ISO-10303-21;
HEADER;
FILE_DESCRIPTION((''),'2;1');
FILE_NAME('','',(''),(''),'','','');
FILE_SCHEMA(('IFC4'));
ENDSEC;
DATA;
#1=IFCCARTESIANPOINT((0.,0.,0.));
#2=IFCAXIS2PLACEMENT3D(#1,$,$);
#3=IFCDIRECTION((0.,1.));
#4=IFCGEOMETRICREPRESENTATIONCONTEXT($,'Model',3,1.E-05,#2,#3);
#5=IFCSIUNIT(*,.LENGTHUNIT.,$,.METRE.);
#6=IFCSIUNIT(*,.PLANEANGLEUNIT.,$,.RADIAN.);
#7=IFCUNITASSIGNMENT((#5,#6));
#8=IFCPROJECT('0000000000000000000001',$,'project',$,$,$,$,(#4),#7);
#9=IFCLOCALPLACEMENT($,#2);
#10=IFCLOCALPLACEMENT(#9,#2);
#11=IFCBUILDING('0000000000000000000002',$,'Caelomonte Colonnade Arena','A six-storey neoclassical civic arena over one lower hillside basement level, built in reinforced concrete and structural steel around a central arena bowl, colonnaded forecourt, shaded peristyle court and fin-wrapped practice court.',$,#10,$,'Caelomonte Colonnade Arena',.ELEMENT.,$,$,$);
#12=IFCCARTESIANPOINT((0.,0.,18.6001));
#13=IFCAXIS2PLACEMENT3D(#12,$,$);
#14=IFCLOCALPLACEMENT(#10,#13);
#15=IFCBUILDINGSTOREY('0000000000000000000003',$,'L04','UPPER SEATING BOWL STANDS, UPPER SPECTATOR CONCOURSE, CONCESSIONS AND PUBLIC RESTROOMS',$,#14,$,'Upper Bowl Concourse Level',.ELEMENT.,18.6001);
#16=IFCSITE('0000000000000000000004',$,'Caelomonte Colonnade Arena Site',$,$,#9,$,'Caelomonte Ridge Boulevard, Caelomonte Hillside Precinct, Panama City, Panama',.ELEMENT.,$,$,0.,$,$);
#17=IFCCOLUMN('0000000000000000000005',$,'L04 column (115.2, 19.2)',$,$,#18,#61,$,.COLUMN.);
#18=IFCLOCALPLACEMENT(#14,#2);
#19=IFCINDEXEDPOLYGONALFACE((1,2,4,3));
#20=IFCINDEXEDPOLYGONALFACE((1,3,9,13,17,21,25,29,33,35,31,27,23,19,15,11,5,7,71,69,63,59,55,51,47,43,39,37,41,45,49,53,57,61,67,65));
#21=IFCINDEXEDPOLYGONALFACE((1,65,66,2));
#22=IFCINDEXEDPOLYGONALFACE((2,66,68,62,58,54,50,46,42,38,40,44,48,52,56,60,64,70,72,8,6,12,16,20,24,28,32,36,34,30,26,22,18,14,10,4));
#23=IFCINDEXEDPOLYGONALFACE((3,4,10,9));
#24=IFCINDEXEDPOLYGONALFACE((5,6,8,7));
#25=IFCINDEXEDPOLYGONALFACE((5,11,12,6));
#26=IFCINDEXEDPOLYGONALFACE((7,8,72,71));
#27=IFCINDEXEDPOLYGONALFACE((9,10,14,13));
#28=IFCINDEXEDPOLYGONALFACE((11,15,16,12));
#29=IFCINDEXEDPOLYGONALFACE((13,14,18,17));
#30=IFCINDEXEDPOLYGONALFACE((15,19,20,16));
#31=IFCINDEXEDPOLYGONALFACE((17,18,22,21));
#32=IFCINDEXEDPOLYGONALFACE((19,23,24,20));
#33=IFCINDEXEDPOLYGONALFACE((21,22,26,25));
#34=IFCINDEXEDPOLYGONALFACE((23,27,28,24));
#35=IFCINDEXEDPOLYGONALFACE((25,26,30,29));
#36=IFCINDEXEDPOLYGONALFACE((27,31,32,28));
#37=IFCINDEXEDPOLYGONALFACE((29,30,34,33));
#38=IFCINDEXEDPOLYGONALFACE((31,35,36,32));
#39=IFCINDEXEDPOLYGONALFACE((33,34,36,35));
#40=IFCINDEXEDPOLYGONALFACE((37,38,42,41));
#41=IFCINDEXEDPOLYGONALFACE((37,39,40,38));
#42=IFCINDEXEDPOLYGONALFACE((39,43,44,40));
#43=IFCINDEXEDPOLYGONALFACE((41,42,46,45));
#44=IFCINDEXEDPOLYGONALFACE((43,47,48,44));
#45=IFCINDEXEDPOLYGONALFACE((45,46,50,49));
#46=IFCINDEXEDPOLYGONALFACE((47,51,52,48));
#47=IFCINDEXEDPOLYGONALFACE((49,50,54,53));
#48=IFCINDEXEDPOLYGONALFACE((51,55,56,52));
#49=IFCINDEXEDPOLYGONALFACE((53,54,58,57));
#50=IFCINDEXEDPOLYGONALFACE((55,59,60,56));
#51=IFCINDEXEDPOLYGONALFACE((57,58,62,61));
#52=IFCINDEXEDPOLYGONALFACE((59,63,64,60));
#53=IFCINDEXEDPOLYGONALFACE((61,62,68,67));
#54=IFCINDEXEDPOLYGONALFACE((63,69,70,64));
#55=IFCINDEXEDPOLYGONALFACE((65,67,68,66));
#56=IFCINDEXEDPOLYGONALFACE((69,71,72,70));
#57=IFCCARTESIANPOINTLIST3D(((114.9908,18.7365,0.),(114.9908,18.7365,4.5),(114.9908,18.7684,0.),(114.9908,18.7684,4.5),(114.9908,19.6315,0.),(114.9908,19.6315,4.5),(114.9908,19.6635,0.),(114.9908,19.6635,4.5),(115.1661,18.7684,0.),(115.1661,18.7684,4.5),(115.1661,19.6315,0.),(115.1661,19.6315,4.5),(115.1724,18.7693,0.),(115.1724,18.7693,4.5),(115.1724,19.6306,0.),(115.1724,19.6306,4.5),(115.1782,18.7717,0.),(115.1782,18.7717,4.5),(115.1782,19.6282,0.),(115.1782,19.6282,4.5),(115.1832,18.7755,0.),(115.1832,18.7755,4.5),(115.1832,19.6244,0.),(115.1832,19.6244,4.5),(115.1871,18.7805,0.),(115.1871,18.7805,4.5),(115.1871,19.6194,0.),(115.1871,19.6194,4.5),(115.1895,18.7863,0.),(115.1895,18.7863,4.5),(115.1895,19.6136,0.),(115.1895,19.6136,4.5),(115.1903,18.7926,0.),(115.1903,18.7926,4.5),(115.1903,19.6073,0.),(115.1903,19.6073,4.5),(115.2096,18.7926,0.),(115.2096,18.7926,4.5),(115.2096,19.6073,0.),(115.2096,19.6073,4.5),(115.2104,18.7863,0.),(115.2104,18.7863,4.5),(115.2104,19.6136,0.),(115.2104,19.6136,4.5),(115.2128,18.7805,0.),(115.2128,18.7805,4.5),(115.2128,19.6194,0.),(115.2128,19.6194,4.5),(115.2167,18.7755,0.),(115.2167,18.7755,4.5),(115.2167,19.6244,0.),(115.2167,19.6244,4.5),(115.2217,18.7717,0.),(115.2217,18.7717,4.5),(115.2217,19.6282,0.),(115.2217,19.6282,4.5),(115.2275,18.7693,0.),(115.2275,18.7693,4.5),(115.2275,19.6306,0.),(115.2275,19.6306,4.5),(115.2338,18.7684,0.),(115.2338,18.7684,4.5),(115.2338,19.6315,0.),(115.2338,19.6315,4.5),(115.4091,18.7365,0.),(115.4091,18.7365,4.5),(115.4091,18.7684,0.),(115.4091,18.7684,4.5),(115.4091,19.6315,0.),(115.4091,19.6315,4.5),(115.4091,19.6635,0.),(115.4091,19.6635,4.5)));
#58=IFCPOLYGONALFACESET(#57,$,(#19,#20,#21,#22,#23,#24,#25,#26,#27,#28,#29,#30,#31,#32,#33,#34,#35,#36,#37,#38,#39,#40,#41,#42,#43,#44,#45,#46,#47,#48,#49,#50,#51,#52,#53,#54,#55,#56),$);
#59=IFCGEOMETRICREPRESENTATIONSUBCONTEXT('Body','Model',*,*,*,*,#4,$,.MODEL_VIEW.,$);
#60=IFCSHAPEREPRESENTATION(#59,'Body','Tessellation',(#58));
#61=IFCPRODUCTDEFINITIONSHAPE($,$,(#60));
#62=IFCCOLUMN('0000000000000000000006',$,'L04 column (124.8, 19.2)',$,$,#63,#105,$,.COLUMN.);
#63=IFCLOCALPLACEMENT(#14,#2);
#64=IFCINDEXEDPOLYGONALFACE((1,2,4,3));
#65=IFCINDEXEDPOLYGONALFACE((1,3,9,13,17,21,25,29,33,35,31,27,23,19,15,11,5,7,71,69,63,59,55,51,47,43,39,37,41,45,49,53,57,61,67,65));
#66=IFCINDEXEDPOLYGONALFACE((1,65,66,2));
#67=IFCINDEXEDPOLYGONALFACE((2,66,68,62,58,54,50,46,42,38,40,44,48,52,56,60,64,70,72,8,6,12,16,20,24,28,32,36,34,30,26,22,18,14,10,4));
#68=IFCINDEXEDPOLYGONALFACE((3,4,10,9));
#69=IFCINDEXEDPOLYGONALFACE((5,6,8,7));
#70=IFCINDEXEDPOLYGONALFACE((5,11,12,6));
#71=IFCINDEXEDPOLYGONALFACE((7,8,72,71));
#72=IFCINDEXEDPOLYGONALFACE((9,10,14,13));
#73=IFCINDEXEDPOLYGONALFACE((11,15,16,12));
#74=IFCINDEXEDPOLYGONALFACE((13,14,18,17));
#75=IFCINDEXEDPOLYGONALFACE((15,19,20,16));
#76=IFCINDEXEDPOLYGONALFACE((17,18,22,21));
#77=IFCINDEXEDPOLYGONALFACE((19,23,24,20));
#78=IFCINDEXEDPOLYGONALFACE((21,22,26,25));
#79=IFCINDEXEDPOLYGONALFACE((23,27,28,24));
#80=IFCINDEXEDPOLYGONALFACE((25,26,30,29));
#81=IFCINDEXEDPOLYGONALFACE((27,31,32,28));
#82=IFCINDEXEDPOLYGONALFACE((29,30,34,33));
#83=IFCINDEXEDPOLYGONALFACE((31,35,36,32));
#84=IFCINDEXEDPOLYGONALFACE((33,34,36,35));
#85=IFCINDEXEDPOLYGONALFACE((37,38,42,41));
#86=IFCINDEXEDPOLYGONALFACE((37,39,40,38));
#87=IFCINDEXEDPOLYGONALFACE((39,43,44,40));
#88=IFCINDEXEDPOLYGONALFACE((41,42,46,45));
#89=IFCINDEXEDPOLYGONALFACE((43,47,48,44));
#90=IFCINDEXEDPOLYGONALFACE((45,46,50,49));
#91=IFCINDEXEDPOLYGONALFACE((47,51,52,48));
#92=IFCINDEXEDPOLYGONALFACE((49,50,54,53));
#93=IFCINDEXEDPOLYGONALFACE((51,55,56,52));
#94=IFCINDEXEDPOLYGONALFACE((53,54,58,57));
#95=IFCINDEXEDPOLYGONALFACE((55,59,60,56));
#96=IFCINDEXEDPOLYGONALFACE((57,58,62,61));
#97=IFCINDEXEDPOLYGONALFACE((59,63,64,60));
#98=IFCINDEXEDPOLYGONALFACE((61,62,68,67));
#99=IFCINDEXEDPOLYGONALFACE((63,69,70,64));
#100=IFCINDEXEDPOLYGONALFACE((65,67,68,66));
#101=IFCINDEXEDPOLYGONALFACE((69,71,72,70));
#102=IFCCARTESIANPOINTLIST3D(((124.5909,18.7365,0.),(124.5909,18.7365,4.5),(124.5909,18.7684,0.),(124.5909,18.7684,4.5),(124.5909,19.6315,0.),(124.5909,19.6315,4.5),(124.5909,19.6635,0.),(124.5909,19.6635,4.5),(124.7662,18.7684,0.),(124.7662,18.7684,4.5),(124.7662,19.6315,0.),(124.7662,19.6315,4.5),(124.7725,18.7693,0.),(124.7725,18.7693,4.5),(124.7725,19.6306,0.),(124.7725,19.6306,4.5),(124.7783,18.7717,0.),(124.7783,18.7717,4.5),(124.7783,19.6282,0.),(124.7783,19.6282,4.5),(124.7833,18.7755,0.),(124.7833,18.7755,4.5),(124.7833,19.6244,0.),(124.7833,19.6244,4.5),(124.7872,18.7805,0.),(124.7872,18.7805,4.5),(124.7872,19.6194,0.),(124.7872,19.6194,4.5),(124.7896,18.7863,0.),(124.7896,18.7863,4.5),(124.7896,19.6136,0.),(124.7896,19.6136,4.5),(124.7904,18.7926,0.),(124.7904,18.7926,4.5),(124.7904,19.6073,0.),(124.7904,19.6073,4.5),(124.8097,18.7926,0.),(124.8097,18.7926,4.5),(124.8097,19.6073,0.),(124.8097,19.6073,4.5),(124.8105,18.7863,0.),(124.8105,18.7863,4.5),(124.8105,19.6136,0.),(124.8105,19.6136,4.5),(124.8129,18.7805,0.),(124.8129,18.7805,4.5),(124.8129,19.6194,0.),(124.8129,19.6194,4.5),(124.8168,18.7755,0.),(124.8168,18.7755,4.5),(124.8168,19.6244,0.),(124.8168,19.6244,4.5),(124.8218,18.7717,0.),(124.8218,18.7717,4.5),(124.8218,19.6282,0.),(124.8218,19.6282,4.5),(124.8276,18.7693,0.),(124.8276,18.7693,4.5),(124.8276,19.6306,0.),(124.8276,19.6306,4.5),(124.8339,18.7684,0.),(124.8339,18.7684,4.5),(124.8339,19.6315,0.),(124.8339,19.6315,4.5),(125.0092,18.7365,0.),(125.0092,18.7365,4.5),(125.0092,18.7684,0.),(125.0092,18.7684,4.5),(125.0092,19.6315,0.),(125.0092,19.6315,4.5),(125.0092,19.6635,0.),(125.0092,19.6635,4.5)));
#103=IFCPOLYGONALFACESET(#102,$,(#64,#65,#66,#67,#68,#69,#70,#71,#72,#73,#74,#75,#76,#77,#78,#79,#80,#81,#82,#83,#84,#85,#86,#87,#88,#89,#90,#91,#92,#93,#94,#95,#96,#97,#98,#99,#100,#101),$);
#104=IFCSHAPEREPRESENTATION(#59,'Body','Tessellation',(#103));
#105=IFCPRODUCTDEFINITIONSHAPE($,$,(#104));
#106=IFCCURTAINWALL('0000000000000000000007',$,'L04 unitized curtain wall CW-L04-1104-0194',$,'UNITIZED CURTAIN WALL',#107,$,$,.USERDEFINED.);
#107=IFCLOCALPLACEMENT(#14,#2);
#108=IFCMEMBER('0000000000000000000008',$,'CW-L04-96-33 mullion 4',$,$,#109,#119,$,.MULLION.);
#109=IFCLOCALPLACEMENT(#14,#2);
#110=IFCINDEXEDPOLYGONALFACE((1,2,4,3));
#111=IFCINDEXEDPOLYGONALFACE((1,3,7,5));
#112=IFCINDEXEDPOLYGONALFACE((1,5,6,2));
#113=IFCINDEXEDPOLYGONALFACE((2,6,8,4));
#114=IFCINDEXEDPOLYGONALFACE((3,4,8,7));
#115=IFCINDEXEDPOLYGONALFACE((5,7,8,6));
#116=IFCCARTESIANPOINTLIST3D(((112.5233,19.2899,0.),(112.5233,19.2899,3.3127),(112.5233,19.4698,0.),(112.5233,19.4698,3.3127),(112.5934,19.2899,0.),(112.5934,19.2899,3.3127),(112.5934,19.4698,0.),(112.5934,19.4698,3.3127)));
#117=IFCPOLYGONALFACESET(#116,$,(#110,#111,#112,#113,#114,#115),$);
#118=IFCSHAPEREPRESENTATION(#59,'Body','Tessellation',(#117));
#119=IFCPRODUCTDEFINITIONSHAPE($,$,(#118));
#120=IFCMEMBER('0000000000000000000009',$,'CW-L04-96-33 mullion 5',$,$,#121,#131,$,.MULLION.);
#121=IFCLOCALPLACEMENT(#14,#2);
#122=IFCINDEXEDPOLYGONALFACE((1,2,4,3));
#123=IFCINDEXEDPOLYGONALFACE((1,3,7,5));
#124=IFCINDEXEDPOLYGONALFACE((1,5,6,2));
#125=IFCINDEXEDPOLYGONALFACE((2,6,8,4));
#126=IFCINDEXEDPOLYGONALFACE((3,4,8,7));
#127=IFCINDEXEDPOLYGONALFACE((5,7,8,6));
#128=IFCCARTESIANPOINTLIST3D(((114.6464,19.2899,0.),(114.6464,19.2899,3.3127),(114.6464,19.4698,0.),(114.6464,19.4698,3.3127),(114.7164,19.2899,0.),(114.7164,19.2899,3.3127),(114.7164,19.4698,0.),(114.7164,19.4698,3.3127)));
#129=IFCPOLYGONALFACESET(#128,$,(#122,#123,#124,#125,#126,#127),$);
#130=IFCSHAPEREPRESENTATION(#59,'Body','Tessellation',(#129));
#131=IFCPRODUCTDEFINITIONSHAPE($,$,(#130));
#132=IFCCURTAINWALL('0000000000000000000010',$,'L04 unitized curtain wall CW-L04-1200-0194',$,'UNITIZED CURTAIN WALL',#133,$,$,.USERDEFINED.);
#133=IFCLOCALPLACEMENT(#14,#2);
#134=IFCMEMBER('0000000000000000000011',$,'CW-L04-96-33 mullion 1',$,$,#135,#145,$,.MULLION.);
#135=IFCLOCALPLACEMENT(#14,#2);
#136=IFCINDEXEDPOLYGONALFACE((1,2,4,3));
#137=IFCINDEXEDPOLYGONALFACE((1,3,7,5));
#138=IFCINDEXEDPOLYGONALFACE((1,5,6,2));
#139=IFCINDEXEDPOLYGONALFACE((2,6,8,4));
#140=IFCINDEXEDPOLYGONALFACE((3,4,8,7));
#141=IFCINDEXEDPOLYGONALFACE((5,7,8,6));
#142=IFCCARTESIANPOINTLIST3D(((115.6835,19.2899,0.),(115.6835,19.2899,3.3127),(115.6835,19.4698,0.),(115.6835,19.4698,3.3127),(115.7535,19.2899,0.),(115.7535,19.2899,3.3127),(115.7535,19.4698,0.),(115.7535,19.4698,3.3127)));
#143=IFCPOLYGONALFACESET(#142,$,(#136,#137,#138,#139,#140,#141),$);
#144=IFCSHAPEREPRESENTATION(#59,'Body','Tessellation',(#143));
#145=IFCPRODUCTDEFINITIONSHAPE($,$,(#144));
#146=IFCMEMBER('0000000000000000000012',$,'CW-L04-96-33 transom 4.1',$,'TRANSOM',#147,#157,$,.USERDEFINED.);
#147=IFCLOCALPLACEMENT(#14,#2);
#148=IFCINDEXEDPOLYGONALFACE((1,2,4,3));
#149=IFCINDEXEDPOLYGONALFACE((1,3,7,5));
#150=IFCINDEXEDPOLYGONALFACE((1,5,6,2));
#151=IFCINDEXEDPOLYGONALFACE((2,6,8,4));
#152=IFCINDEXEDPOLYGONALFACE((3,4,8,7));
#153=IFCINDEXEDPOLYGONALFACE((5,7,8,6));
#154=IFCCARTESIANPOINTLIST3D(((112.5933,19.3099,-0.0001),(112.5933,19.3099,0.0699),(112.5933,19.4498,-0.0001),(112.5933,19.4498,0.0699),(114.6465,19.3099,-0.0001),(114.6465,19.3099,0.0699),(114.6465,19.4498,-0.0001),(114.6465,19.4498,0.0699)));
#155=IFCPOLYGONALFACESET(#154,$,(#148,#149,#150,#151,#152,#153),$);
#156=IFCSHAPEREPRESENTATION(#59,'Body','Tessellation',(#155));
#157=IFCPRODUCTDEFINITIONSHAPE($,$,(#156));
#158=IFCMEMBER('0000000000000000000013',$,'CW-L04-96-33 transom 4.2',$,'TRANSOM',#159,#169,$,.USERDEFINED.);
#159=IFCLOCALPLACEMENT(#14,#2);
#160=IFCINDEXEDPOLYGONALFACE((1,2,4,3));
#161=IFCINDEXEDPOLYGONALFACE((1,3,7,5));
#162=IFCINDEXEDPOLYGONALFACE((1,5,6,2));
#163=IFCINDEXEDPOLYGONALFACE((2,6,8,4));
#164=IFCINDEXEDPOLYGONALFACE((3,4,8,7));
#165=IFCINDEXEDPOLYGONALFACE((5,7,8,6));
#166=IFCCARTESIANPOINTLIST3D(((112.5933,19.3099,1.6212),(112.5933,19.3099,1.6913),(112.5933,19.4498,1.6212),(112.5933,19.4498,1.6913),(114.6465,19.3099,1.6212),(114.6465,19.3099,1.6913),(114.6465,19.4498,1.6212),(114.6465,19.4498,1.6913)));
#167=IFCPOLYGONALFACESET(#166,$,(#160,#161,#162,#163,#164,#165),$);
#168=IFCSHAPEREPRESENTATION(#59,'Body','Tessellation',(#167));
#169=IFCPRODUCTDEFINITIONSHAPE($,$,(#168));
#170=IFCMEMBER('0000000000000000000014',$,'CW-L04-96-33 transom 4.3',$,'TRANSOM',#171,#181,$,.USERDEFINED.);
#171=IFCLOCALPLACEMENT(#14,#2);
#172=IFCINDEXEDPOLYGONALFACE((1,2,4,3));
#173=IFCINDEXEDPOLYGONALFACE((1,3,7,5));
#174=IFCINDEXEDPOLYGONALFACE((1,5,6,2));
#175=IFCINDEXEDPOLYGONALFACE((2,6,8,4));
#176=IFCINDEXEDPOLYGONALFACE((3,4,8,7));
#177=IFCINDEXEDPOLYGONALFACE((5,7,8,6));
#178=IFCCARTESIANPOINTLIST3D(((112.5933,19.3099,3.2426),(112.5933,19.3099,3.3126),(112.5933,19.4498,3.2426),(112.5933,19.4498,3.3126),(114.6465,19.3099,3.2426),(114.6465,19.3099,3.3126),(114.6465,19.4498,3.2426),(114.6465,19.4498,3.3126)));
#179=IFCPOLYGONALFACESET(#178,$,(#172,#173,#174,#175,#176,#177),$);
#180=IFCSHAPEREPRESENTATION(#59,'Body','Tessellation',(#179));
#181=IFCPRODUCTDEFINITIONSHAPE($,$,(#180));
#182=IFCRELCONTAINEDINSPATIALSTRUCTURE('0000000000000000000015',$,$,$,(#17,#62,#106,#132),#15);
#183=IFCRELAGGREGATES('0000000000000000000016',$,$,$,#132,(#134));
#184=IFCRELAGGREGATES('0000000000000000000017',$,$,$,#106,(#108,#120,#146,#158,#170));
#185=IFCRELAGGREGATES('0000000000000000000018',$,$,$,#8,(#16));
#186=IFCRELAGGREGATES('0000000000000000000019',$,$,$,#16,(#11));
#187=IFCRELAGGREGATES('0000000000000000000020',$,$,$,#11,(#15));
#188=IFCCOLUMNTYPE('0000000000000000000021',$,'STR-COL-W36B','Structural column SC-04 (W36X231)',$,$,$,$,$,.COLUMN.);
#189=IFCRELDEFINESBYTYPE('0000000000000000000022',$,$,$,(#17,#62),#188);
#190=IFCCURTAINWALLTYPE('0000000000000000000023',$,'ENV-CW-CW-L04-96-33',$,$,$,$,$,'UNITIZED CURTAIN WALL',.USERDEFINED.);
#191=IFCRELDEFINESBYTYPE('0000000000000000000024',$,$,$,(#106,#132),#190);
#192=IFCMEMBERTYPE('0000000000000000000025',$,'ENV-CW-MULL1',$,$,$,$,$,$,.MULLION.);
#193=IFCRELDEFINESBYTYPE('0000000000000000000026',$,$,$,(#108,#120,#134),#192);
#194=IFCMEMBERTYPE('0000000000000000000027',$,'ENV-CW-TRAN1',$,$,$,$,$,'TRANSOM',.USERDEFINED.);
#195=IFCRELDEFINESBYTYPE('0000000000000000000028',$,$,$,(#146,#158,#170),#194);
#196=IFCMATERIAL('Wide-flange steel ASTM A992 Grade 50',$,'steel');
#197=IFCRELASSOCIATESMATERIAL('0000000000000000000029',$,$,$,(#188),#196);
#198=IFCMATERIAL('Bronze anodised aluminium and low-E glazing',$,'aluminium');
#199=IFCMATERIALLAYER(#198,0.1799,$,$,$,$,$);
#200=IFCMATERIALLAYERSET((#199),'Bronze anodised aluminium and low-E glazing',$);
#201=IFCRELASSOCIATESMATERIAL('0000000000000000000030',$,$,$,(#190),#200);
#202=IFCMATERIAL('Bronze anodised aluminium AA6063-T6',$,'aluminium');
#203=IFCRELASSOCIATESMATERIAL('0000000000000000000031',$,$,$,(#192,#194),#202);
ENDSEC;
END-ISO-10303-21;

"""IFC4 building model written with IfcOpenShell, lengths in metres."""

from ifc_helpers import new_model, si_unit, direction, frame, origin, origin_2d, place, context, subcontext, project, spatial, rectangle, i_section, extrude, material, layer, layer_set, material_profile, profile_set, type_object, element, aggregate, save


model = new_model("IFC4")

# Units and contexts
model_context = context("Model", 3, precision=1e-05, world=origin(), true_north=direction((0.0, 1.0)))
body_context = subcontext(model_context, "Body", "Model", "MODEL_VIEW")
ifc_project = project(units=[si_unit("LENGTHUNIT", "METRE"), si_unit("PLANEANGLEUNIT", "RADIAN")], contexts=[model_context])

# Site, building, storey
site_placement = place(None, origin())
site = spatial("IfcSite", under=ifc_project, at=site_placement, Name="Caelomonte Colonnade Arena Site", LongName="Caelomonte Ridge Boulevard, Caelomonte Hillside Precinct, Panama City, Panama", CompositionType="ELEMENT", RefElevation=0.0)
building_placement = place(site_placement, origin())
building = spatial("IfcBuilding", under=site, at=building_placement, Name="Caelomonte Colonnade Arena", Description="A six-storey neoclassical civic arena over one lower hillside basement level, built in reinforced concrete and structural steel around a central arena bowl, colonnaded forecourt, shaded peristyle court and fin-wrapped practice court.", LongName="Caelomonte Colonnade Arena", CompositionType="ELEMENT")
storey_placement = place(building_placement, frame((0.0, 0.0, 18.6001)))
storey = spatial("IfcBuildingStorey", under=building, at=storey_placement, Name="L04", Description="UPPER SEATING BOWL STANDS, UPPER SPECTATOR CONCOURSE, CONCESSIONS AND PUBLIC RESTROOMS", LongName="Upper Bowl Concourse Level", CompositionType="ELEMENT", Elevation=18.6001)

# Columns
ifc_material_1 = material(Name="Wide-flange steel ASTM A992 Grade 50", Category="steel")
ifc_material_profile_1 = material_profile(ifc_material_1, i_section(OverallWidth=0.4182, OverallDepth=0.927, WebThickness=0.0193, FlangeThickness=0.032, FilletRadius=0.0242, at=origin_2d()), Name="W36X231")
ifc_profile_set_1 = profile_set([ifc_material_profile_1], Name="Wide-flange steel ASTM A992 Grade 50")
column_type = type_object("IfcColumnType", Name="STR-COL-W36B", Description="Structural column SC-04 (W36X231)", PredefinedType="COLUMN", material=ifc_profile_set_1)
for number, where, z_axis, x_axis, name in (
    (1, (115.2, 19.2, 0.0), (0.0, 0.0, 1.0), (1.0, 0.0, 0.0), "L04 column (115.2, 19.2)"),
    (2, (124.8, 19.2, 0.0), (0.0, 0.0, 1.0), (1.0, 0.0, 0.0), "L04 column (124.8, 19.2)"),
):
    element("IfcColumn", number, at=place(storey_placement, frame(where, z_axis=z_axis, x_axis=x_axis)), inside=storey, type_object=column_type, Name=name, PredefinedType="COLUMN", context=body_context, shape_type="SweptSolid", body=[
        extrude(i_section(OverallWidth=0.4182, OverallDepth=0.927, WebThickness=0.0193, FlangeThickness=0.032, FilletRadius=0.0242, at=origin_2d()), origin(), (0.0, 0.0, 1.0), 4.5),
    ])

# Curtain wall, members
ifc_material_2 = material(Name="Bronze anodised aluminium and low-E glazing", Category="aluminium")
ifc_layer_1 = layer(ifc_material_2, 0.1799)
ifc_layer_set_1 = layer_set([ifc_layer_1], Name="Bronze anodised aluminium and low-E glazing")
curtain_wall_type = type_object("IfcCurtainWallType", Name="ENV-CW-CW-L04-96-33", ElementType="UNITIZED CURTAIN WALL", PredefinedType="USERDEFINED", material=ifc_layer_set_1)
curtain_wall_1_placement = place(storey_placement, origin())
curtain_wall_1 = element("IfcCurtainWall", 3, at=curtain_wall_1_placement, inside=storey, type_object=curtain_wall_type, Name="L04 unitized curtain wall CW-L04-1104-0194", ObjectType="UNITIZED CURTAIN WALL", PredefinedType="USERDEFINED")
ifc_material_3 = material(Name="Bronze anodised aluminium AA6063-T6", Category="aluminium")
ifc_material_profile_2 = material_profile(ifc_material_3, rectangle(XDim=0.0701, YDim=0.1799, at=origin_2d()), Name="CWM-70X180")
ifc_profile_set_2 = profile_set([ifc_material_profile_2], Name="Bronze anodised aluminium AA6063-T6")
member_type_1 = type_object("IfcMemberType", Name="ENV-CW-MULL1", PredefinedType="MULLION", material=ifc_profile_set_2)
member_1_placement = place(storey_placement, frame((112.5583, 19.3799, 0.0), z_axis=(0.0, 0.0, 1.0), x_axis=(1.0, 0.0, 0.0)))
member_1 = element("IfcMember", 4, at=member_1_placement, type_object=member_type_1, Name="CW-L04-96-33 mullion 4", PredefinedType="MULLION", context=body_context, shape_type="SweptSolid", body=[
    extrude(rectangle(XDim=0.0701, YDim=0.1799, at=origin_2d()), origin(), (0.0, 0.0, 1.0), 3.3127),
])
member_2_placement = place(storey_placement, frame((114.6814, 19.3799, 0.0), z_axis=(0.0, 0.0, 1.0), x_axis=(1.0, 0.0, 0.0)))
member_2 = element("IfcMember", 5, at=member_2_placement, type_object=member_type_1, Name="CW-L04-96-33 mullion 5", PredefinedType="MULLION", context=body_context, shape_type="SweptSolid", body=[
    extrude(rectangle(XDim=0.0701, YDim=0.1799, at=origin_2d()), origin(), (0.0, 0.0, 1.0), 3.3127),
])

# Curtain wall, member
curtain_wall_2_placement = place(storey_placement, origin())
curtain_wall_2 = element("IfcCurtainWall", 6, at=curtain_wall_2_placement, inside=storey, type_object=curtain_wall_type, Name="L04 unitized curtain wall CW-L04-1200-0194", ObjectType="UNITIZED CURTAIN WALL", PredefinedType="USERDEFINED")
member_3_placement = place(storey_placement, frame((115.7185, 19.3799, 0.0), z_axis=(0.0, 0.0, 1.0), x_axis=(1.0, 0.0, 0.0)))
member_3 = element("IfcMember", 7, at=member_3_placement, type_object=member_type_1, Name="CW-L04-96-33 mullion 1", PredefinedType="MULLION", context=body_context, shape_type="SweptSolid", body=[
    extrude(rectangle(XDim=0.0701, YDim=0.1799, at=origin_2d()), origin(), (0.0, 0.0, 1.0), 3.3127),
])
aggregate(curtain_wall_2, [member_3])

# Members
ifc_material_profile_3 = material_profile(ifc_material_3, rectangle(XDim=0.0701, YDim=0.1399, at=origin_2d()), Name="CWT-70X140")
ifc_profile_set_3 = profile_set([ifc_material_profile_3], Name="Bronze anodised aluminium AA6063-T6")
member_type_2 = type_object("IfcMemberType", Name="ENV-CW-TRAN1", ElementType="TRANSOM", PredefinedType="USERDEFINED", material=ifc_profile_set_3)
member_4_placement = place(storey_placement, frame((112.5933, 19.3799, 0.0349), z_axis=(1.0, 0.0, 0.0), x_axis=(0.0, 0.0, 1.0)))
member_4 = element("IfcMember", 8, at=member_4_placement, type_object=member_type_2, Name="CW-L04-96-33 transom 4.1", ObjectType="TRANSOM", PredefinedType="USERDEFINED", context=body_context, shape_type="SweptSolid", body=[
    extrude(rectangle(XDim=0.0701, YDim=0.1399, at=origin_2d()), origin(), (0.0, 0.0, 1.0), 2.0532),
])
member_5_placement = place(storey_placement, frame((112.5933, 19.3799, 1.6562), z_axis=(1.0, 0.0, 0.0), x_axis=(0.0, 0.0, 1.0)))
member_5 = element("IfcMember", 9, at=member_5_placement, type_object=member_type_2, Name="CW-L04-96-33 transom 4.2", ObjectType="TRANSOM", PredefinedType="USERDEFINED", context=body_context, shape_type="SweptSolid", body=[
    extrude(rectangle(XDim=0.0701, YDim=0.1399, at=origin_2d()), origin(), (0.0, 0.0, 1.0), 2.0532),
])
member_6_placement = place(storey_placement, frame((112.5933, 19.3799, 3.2776), z_axis=(1.0, 0.0, 0.0), x_axis=(0.0, 0.0, 1.0)))
member_6 = element("IfcMember", 10, at=member_6_placement, type_object=member_type_2, Name="CW-L04-96-33 transom 4.3", ObjectType="TRANSOM", PredefinedType="USERDEFINED", context=body_context, shape_type="SweptSolid", body=[
    extrude(rectangle(XDim=0.0701, YDim=0.1399, at=origin_2d()), origin(), (0.0, 0.0, 1.0), 2.0532),
])

aggregate(curtain_wall_1, [member_1, member_2, member_4, member_5, member_6])

save(model, "model.ifc")
